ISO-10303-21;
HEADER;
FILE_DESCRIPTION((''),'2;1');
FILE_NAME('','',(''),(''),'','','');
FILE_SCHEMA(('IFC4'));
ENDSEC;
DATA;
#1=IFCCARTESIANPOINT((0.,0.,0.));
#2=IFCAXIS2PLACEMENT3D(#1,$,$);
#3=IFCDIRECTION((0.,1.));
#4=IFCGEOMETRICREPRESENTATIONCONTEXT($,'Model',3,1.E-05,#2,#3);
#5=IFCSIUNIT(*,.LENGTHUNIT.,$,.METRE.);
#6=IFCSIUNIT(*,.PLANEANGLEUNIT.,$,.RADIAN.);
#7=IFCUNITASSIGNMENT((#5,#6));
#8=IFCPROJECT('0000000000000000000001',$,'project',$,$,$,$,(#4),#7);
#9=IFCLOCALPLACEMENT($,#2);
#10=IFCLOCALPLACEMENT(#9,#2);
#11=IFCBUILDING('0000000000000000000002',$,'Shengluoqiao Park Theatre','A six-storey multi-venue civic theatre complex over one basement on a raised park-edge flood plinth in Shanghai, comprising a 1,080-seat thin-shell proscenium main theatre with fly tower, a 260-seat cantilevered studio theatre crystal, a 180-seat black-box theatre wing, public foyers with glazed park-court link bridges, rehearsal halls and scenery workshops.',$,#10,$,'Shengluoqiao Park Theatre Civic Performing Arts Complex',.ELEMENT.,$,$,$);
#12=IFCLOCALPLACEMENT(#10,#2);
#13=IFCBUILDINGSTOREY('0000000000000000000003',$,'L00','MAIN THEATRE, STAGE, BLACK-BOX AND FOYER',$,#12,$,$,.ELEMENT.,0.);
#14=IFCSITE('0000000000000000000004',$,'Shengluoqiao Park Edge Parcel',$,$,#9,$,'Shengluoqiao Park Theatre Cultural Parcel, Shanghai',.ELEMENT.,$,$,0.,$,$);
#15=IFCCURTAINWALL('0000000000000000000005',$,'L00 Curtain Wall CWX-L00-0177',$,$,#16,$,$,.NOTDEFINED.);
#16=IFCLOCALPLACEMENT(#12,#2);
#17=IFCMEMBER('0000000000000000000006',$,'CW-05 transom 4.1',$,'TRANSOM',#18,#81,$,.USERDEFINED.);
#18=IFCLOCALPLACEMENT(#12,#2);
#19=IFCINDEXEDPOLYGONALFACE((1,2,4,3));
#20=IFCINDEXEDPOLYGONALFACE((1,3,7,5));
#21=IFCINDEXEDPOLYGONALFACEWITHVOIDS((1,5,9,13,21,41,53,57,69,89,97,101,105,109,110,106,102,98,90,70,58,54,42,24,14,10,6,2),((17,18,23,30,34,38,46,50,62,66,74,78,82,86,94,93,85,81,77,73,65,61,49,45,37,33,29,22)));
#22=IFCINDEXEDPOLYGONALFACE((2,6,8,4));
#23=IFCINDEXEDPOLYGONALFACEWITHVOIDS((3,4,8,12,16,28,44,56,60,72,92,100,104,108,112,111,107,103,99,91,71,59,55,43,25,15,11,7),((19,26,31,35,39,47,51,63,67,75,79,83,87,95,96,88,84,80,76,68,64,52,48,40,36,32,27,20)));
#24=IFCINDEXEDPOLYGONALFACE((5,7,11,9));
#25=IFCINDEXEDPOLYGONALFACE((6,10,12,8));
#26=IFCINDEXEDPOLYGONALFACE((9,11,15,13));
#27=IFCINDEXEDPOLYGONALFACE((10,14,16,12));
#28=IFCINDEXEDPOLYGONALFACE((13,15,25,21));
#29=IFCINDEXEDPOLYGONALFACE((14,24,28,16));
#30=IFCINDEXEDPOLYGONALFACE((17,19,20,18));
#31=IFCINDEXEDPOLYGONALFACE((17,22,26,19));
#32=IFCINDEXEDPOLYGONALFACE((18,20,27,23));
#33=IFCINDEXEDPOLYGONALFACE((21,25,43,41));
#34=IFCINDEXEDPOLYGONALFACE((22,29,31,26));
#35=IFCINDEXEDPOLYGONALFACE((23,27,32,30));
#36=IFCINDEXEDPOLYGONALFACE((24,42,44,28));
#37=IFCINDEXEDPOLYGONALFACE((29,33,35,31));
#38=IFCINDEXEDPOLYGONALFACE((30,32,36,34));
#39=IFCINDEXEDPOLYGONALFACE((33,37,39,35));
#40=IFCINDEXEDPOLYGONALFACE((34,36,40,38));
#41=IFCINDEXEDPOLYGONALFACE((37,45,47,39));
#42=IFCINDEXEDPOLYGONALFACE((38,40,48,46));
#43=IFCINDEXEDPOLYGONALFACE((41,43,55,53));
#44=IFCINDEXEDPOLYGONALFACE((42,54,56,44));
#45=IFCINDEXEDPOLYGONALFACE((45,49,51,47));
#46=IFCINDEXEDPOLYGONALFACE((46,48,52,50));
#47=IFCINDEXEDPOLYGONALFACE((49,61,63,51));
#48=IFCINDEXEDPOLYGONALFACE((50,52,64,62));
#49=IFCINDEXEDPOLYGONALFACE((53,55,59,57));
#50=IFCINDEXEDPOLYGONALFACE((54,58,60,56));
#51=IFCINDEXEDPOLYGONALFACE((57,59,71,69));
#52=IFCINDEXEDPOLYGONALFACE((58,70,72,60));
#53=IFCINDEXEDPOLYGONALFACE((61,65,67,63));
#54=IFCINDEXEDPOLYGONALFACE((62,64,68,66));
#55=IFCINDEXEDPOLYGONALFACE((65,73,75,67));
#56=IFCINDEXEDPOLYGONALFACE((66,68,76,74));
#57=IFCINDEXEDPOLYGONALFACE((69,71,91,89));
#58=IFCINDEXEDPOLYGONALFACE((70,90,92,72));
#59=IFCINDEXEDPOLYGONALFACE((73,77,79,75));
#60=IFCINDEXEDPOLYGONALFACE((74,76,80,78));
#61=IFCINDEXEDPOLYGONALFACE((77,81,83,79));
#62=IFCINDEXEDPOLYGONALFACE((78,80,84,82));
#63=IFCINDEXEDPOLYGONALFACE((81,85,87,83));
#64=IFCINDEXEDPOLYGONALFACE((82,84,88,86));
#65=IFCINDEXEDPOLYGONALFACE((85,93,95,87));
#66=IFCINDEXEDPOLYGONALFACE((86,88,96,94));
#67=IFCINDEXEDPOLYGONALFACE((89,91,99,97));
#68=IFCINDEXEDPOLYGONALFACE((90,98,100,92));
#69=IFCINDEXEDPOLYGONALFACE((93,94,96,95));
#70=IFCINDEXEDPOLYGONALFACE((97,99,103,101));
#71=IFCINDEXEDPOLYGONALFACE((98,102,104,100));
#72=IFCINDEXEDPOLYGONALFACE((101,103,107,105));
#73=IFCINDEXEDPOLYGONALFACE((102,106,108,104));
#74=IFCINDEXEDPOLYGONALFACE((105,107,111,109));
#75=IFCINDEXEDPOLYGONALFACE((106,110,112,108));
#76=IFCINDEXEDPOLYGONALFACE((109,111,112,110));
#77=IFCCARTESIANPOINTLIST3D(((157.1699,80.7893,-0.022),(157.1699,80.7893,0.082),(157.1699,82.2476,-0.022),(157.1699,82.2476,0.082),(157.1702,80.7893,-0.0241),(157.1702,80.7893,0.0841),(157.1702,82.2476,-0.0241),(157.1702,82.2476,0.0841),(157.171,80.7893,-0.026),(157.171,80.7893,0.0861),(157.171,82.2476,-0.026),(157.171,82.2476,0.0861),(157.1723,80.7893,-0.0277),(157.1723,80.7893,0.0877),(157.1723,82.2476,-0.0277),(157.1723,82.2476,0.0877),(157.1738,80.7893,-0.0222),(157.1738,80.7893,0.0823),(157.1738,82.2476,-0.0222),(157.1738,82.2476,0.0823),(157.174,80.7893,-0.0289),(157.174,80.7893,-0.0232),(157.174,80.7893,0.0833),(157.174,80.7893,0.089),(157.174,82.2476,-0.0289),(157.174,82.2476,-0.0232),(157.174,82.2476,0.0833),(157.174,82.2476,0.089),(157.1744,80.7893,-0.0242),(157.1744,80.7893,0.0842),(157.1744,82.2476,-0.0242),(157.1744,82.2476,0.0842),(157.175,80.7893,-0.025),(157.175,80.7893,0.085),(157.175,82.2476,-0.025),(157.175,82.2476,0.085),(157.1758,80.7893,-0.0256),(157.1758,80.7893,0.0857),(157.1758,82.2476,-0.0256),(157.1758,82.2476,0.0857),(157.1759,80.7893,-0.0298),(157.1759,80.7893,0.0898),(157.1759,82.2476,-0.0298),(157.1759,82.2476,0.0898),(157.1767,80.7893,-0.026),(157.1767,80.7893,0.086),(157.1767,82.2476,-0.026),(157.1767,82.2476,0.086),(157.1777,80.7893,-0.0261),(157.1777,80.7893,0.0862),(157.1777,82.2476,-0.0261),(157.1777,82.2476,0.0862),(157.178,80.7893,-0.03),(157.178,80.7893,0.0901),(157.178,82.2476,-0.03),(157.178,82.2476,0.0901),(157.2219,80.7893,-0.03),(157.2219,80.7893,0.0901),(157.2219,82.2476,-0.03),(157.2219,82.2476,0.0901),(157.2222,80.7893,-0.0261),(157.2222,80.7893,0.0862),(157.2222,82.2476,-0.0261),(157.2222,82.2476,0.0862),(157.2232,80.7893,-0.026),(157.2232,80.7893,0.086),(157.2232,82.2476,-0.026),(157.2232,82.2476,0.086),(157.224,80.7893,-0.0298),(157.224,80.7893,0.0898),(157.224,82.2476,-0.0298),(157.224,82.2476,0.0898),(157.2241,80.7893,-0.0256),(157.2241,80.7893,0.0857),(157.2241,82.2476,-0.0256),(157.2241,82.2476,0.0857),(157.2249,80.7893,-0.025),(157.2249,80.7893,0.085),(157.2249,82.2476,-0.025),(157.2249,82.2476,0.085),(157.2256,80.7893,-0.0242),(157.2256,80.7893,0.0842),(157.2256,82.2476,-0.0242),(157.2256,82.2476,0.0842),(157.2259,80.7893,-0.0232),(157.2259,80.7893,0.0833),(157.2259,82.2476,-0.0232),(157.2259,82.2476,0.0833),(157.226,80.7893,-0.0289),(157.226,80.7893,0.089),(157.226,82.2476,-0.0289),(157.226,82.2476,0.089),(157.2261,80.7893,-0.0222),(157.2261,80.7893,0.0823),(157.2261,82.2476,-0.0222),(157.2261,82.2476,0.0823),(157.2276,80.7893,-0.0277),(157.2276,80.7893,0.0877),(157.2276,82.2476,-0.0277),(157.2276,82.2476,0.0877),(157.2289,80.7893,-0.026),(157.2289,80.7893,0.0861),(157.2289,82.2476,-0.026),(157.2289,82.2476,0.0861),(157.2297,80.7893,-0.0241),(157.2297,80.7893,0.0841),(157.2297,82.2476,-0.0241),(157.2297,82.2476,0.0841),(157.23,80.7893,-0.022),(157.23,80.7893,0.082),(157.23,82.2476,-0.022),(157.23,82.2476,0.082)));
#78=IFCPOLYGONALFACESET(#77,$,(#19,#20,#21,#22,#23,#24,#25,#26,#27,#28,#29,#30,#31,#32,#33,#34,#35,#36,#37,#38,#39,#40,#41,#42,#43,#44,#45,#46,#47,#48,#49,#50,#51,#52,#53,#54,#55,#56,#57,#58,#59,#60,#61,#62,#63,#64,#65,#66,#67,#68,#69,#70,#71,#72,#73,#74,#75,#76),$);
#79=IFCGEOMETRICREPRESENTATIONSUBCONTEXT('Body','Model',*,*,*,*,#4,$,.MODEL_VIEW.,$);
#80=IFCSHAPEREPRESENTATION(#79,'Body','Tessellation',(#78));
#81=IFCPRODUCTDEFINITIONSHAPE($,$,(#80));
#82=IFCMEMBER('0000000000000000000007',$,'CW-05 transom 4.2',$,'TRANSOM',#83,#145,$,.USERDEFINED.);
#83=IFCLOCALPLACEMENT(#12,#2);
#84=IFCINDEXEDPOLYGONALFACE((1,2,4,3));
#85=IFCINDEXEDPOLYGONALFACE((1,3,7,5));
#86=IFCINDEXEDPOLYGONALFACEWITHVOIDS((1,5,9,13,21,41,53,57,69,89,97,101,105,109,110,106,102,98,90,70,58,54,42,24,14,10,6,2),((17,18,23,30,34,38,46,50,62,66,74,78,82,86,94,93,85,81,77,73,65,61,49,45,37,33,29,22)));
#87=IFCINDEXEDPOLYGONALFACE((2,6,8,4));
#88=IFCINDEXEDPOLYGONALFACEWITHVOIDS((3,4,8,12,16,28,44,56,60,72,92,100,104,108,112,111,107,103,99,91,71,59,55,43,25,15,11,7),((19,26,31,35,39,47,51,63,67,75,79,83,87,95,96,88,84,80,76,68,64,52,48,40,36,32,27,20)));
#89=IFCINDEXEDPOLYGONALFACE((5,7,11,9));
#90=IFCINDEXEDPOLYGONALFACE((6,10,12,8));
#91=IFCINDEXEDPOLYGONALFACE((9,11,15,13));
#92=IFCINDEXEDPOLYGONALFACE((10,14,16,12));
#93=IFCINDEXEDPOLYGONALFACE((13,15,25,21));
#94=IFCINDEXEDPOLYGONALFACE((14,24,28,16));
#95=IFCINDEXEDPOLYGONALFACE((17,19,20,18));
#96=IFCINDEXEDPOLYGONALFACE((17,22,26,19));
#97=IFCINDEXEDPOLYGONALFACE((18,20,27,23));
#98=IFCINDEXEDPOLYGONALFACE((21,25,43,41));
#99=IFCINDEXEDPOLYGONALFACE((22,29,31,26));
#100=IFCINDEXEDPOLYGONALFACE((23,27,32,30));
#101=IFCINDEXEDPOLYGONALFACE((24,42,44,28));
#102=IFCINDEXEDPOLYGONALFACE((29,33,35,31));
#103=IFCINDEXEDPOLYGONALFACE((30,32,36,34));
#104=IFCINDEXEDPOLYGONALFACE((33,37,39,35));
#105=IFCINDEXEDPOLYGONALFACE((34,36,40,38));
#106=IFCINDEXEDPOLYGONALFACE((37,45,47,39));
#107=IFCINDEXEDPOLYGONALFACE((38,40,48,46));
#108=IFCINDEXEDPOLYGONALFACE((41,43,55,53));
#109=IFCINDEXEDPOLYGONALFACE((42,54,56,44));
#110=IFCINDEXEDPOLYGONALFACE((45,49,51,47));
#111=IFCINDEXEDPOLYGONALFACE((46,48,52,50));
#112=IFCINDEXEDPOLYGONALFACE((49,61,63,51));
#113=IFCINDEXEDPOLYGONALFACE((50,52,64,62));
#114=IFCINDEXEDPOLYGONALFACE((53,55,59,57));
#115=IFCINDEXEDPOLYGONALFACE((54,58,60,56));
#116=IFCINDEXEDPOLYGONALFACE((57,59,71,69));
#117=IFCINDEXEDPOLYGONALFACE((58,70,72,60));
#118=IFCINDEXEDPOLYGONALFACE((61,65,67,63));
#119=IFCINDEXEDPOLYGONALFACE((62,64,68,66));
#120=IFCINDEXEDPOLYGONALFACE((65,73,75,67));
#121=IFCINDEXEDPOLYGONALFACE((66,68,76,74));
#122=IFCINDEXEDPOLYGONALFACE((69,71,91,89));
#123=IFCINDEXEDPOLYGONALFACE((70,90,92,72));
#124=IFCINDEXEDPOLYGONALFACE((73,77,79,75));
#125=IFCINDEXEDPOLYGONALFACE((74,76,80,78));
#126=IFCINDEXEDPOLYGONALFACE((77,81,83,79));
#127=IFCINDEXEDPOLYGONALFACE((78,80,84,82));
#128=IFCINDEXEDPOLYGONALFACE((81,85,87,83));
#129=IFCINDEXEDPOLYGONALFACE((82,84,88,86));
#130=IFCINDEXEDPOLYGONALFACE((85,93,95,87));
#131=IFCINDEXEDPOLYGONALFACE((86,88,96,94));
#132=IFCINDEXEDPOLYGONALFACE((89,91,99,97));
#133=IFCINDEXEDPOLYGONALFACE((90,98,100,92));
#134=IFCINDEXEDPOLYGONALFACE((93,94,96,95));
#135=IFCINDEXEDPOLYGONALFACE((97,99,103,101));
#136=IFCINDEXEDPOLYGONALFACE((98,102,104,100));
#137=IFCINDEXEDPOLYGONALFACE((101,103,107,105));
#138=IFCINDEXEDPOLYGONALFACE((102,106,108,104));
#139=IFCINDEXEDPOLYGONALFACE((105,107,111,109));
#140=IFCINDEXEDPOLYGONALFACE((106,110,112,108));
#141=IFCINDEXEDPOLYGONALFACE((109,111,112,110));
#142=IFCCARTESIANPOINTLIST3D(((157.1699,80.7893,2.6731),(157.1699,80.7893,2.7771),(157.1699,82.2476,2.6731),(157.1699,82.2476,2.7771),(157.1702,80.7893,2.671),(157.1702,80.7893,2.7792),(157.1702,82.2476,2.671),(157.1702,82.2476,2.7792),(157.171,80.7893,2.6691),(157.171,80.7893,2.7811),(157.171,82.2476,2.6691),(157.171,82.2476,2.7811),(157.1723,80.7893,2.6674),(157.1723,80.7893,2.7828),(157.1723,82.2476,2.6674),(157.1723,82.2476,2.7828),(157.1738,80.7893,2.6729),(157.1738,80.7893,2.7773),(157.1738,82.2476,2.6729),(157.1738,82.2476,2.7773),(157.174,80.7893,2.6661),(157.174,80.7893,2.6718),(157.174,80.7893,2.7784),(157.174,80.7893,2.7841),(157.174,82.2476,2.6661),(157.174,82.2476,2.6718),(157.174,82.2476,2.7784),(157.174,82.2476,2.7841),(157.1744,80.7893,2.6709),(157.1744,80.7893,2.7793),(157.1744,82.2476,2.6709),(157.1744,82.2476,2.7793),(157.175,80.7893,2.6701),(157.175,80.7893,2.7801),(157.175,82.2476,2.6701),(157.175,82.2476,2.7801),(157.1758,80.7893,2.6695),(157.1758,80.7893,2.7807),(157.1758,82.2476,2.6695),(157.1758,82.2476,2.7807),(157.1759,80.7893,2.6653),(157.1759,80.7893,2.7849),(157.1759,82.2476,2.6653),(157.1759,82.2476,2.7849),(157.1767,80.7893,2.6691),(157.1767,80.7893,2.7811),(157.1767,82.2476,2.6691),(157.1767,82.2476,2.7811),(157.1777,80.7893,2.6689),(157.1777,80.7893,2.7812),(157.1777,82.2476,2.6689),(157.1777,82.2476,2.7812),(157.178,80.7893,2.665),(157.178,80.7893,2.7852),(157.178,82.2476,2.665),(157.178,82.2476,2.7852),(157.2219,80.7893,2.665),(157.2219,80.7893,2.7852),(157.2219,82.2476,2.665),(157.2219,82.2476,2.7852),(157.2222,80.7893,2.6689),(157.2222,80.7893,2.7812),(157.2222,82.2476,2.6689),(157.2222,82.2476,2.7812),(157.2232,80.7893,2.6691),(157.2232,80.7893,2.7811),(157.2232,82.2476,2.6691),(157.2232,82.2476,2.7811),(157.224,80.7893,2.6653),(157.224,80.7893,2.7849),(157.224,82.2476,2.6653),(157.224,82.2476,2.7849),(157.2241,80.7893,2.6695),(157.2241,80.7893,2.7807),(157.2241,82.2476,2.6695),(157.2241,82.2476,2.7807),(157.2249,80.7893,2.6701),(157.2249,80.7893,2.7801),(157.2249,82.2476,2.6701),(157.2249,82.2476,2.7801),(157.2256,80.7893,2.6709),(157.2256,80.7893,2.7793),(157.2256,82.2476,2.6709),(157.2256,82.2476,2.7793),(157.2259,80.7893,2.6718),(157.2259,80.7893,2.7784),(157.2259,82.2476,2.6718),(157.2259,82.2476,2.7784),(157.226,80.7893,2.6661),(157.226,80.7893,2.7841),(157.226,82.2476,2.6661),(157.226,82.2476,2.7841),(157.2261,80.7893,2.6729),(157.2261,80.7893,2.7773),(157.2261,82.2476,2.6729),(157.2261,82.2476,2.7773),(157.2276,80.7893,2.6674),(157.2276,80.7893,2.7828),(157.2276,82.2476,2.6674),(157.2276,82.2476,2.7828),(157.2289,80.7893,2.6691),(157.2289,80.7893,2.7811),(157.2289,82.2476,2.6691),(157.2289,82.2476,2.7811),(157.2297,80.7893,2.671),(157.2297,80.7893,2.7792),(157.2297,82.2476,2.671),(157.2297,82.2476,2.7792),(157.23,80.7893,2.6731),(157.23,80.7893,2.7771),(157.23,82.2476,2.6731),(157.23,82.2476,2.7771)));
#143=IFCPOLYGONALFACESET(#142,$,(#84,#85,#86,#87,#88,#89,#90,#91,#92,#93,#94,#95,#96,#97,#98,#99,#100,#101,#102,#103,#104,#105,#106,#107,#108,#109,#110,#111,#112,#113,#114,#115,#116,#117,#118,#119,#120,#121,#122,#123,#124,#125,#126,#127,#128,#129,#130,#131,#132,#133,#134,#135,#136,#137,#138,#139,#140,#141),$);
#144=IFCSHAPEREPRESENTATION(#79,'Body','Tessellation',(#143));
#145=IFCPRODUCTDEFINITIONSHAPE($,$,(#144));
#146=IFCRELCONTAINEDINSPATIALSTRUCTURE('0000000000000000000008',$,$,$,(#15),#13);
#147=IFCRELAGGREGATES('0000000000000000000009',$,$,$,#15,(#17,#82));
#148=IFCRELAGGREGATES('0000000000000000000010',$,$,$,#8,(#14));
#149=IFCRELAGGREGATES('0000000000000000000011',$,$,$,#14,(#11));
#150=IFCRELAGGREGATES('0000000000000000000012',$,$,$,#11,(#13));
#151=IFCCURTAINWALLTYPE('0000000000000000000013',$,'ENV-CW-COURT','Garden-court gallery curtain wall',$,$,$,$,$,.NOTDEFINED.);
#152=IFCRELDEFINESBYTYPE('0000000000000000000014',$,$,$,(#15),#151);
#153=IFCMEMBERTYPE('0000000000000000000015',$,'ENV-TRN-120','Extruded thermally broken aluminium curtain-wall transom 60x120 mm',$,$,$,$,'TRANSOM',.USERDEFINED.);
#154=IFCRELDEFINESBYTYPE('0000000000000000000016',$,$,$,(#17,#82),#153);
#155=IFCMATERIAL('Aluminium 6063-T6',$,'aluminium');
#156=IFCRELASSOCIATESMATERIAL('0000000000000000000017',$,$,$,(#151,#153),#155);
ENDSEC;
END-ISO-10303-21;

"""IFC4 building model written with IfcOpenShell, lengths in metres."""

from ifc_helpers import new_model, si_unit, direction, frame, origin, origin_2d, place, context, subcontext, project, spatial, hollow_rectangle, extrude, material, material_profile, profile_set, type_object, element, aggregate, save


model = new_model("IFC4")

# Units and contexts
model_context = context("Model", 3, precision=1e-05, world=origin(), true_north=direction((0.0, 1.0)))
body_context = subcontext(model_context, "Body", "Model", "MODEL_VIEW")
ifc_project = project(units=[si_unit("LENGTHUNIT", "METRE"), si_unit("PLANEANGLEUNIT", "RADIAN")], contexts=[model_context])

# Site, building, storey
site_placement = place(None, origin())
site = spatial("IfcSite", under=ifc_project, at=site_placement, Name="Shengluoqiao Park Edge Parcel", LongName="Shengluoqiao Park Theatre Cultural Parcel, Shanghai", CompositionType="ELEMENT", RefElevation=0.0)
building_placement = place(site_placement, origin())
building = spatial("IfcBuilding", under=site, at=building_placement, Name="Shengluoqiao Park Theatre", Description="A six-storey multi-venue civic theatre complex over one basement on a raised park-edge flood plinth in Shanghai, comprising a 1,080-seat thin-shell proscenium main theatre with fly tower, a 260-seat cantilevered studio theatre crystal, a 180-seat black-box theatre wing, public foyers with glazed park-court link bridges, rehearsal halls and scenery workshops.", LongName="Shengluoqiao Park Theatre Civic Performing Arts Complex", CompositionType="ELEMENT")
storey_placement = place(building_placement, origin())
storey = spatial("IfcBuildingStorey", under=building, at=storey_placement, Name="L00", Description="MAIN THEATRE, STAGE, BLACK-BOX AND FOYER", CompositionType="ELEMENT", Elevation=0.0)

# Curtain wall, members
ifc_material_1 = material(Name="Aluminium 6063-T6", Category="aluminium")
curtain_wall_type = type_object("IfcCurtainWallType", Name="ENV-CW-COURT", Description="Garden-court gallery curtain wall", PredefinedType="NOTDEFINED", material=ifc_material_1)
curtain_wall_placement = place(storey_placement, origin())
curtain_wall = element("IfcCurtainWall", 1, at=curtain_wall_placement, inside=storey, type_object=curtain_wall_type, Name="L00 Curtain Wall CWX-L00-0177", PredefinedType="NOTDEFINED")
ifc_material_profile_1 = material_profile(ifc_material_1, hollow_rectangle(XDim=0.0601, YDim=0.1201, WallThickness=0.0039, InnerFilletRadius=0.0039, OuterFilletRadius=0.0081, at=origin_2d()), Name="ALU TRANSOM 120x60x4")
ifc_profile_set_1 = profile_set([ifc_material_profile_1], Name="Aluminium 6063-T6")
member_type_1 = type_object("IfcMemberType", Name="ENV-TRN-120", Description="Extruded thermally broken aluminium curtain-wall transom 60x120 mm", ElementType="TRANSOM", PredefinedType="USERDEFINED", material=ifc_profile_set_1)
member_1_placement = place(storey_placement, frame((157.2, 80.7893, 0.03), z_axis=(0.0, 1.0, 0.0), x_axis=(-1.0, 0.0, 0.0)))
member_1 = element("IfcMember", 2, at=member_1_placement, type_object=member_type_1, Name="CW-05 transom 4.1", ObjectType="TRANSOM", PredefinedType="USERDEFINED", context=body_context, shape_type="SweptSolid", body=[
    extrude(hollow_rectangle(XDim=0.0601, YDim=0.1201, WallThickness=0.0039, InnerFilletRadius=0.0039, OuterFilletRadius=0.0081, at=origin_2d()), origin(), (0.0, 0.0, 1.0), 1.4583),
])
member_2_placement = place(storey_placement, frame((157.2, 80.7893, 2.7251), z_axis=(0.0, 1.0, 0.0), x_axis=(-1.0, 0.0, 0.0)))
member_2 = element("IfcMember", 3, at=member_2_placement, type_object=member_type_1, Name="CW-05 transom 4.2", ObjectType="TRANSOM", PredefinedType="USERDEFINED", context=body_context, shape_type="SweptSolid", body=[
    extrude(hollow_rectangle(XDim=0.0601, YDim=0.1201, WallThickness=0.0039, InnerFilletRadius=0.0039, OuterFilletRadius=0.0081, at=origin_2d()), origin(), (0.0, 0.0, 1.0), 1.4583),
])
aggregate(curtain_wall, [member_1, member_2])

save(model, "model.ifc")
